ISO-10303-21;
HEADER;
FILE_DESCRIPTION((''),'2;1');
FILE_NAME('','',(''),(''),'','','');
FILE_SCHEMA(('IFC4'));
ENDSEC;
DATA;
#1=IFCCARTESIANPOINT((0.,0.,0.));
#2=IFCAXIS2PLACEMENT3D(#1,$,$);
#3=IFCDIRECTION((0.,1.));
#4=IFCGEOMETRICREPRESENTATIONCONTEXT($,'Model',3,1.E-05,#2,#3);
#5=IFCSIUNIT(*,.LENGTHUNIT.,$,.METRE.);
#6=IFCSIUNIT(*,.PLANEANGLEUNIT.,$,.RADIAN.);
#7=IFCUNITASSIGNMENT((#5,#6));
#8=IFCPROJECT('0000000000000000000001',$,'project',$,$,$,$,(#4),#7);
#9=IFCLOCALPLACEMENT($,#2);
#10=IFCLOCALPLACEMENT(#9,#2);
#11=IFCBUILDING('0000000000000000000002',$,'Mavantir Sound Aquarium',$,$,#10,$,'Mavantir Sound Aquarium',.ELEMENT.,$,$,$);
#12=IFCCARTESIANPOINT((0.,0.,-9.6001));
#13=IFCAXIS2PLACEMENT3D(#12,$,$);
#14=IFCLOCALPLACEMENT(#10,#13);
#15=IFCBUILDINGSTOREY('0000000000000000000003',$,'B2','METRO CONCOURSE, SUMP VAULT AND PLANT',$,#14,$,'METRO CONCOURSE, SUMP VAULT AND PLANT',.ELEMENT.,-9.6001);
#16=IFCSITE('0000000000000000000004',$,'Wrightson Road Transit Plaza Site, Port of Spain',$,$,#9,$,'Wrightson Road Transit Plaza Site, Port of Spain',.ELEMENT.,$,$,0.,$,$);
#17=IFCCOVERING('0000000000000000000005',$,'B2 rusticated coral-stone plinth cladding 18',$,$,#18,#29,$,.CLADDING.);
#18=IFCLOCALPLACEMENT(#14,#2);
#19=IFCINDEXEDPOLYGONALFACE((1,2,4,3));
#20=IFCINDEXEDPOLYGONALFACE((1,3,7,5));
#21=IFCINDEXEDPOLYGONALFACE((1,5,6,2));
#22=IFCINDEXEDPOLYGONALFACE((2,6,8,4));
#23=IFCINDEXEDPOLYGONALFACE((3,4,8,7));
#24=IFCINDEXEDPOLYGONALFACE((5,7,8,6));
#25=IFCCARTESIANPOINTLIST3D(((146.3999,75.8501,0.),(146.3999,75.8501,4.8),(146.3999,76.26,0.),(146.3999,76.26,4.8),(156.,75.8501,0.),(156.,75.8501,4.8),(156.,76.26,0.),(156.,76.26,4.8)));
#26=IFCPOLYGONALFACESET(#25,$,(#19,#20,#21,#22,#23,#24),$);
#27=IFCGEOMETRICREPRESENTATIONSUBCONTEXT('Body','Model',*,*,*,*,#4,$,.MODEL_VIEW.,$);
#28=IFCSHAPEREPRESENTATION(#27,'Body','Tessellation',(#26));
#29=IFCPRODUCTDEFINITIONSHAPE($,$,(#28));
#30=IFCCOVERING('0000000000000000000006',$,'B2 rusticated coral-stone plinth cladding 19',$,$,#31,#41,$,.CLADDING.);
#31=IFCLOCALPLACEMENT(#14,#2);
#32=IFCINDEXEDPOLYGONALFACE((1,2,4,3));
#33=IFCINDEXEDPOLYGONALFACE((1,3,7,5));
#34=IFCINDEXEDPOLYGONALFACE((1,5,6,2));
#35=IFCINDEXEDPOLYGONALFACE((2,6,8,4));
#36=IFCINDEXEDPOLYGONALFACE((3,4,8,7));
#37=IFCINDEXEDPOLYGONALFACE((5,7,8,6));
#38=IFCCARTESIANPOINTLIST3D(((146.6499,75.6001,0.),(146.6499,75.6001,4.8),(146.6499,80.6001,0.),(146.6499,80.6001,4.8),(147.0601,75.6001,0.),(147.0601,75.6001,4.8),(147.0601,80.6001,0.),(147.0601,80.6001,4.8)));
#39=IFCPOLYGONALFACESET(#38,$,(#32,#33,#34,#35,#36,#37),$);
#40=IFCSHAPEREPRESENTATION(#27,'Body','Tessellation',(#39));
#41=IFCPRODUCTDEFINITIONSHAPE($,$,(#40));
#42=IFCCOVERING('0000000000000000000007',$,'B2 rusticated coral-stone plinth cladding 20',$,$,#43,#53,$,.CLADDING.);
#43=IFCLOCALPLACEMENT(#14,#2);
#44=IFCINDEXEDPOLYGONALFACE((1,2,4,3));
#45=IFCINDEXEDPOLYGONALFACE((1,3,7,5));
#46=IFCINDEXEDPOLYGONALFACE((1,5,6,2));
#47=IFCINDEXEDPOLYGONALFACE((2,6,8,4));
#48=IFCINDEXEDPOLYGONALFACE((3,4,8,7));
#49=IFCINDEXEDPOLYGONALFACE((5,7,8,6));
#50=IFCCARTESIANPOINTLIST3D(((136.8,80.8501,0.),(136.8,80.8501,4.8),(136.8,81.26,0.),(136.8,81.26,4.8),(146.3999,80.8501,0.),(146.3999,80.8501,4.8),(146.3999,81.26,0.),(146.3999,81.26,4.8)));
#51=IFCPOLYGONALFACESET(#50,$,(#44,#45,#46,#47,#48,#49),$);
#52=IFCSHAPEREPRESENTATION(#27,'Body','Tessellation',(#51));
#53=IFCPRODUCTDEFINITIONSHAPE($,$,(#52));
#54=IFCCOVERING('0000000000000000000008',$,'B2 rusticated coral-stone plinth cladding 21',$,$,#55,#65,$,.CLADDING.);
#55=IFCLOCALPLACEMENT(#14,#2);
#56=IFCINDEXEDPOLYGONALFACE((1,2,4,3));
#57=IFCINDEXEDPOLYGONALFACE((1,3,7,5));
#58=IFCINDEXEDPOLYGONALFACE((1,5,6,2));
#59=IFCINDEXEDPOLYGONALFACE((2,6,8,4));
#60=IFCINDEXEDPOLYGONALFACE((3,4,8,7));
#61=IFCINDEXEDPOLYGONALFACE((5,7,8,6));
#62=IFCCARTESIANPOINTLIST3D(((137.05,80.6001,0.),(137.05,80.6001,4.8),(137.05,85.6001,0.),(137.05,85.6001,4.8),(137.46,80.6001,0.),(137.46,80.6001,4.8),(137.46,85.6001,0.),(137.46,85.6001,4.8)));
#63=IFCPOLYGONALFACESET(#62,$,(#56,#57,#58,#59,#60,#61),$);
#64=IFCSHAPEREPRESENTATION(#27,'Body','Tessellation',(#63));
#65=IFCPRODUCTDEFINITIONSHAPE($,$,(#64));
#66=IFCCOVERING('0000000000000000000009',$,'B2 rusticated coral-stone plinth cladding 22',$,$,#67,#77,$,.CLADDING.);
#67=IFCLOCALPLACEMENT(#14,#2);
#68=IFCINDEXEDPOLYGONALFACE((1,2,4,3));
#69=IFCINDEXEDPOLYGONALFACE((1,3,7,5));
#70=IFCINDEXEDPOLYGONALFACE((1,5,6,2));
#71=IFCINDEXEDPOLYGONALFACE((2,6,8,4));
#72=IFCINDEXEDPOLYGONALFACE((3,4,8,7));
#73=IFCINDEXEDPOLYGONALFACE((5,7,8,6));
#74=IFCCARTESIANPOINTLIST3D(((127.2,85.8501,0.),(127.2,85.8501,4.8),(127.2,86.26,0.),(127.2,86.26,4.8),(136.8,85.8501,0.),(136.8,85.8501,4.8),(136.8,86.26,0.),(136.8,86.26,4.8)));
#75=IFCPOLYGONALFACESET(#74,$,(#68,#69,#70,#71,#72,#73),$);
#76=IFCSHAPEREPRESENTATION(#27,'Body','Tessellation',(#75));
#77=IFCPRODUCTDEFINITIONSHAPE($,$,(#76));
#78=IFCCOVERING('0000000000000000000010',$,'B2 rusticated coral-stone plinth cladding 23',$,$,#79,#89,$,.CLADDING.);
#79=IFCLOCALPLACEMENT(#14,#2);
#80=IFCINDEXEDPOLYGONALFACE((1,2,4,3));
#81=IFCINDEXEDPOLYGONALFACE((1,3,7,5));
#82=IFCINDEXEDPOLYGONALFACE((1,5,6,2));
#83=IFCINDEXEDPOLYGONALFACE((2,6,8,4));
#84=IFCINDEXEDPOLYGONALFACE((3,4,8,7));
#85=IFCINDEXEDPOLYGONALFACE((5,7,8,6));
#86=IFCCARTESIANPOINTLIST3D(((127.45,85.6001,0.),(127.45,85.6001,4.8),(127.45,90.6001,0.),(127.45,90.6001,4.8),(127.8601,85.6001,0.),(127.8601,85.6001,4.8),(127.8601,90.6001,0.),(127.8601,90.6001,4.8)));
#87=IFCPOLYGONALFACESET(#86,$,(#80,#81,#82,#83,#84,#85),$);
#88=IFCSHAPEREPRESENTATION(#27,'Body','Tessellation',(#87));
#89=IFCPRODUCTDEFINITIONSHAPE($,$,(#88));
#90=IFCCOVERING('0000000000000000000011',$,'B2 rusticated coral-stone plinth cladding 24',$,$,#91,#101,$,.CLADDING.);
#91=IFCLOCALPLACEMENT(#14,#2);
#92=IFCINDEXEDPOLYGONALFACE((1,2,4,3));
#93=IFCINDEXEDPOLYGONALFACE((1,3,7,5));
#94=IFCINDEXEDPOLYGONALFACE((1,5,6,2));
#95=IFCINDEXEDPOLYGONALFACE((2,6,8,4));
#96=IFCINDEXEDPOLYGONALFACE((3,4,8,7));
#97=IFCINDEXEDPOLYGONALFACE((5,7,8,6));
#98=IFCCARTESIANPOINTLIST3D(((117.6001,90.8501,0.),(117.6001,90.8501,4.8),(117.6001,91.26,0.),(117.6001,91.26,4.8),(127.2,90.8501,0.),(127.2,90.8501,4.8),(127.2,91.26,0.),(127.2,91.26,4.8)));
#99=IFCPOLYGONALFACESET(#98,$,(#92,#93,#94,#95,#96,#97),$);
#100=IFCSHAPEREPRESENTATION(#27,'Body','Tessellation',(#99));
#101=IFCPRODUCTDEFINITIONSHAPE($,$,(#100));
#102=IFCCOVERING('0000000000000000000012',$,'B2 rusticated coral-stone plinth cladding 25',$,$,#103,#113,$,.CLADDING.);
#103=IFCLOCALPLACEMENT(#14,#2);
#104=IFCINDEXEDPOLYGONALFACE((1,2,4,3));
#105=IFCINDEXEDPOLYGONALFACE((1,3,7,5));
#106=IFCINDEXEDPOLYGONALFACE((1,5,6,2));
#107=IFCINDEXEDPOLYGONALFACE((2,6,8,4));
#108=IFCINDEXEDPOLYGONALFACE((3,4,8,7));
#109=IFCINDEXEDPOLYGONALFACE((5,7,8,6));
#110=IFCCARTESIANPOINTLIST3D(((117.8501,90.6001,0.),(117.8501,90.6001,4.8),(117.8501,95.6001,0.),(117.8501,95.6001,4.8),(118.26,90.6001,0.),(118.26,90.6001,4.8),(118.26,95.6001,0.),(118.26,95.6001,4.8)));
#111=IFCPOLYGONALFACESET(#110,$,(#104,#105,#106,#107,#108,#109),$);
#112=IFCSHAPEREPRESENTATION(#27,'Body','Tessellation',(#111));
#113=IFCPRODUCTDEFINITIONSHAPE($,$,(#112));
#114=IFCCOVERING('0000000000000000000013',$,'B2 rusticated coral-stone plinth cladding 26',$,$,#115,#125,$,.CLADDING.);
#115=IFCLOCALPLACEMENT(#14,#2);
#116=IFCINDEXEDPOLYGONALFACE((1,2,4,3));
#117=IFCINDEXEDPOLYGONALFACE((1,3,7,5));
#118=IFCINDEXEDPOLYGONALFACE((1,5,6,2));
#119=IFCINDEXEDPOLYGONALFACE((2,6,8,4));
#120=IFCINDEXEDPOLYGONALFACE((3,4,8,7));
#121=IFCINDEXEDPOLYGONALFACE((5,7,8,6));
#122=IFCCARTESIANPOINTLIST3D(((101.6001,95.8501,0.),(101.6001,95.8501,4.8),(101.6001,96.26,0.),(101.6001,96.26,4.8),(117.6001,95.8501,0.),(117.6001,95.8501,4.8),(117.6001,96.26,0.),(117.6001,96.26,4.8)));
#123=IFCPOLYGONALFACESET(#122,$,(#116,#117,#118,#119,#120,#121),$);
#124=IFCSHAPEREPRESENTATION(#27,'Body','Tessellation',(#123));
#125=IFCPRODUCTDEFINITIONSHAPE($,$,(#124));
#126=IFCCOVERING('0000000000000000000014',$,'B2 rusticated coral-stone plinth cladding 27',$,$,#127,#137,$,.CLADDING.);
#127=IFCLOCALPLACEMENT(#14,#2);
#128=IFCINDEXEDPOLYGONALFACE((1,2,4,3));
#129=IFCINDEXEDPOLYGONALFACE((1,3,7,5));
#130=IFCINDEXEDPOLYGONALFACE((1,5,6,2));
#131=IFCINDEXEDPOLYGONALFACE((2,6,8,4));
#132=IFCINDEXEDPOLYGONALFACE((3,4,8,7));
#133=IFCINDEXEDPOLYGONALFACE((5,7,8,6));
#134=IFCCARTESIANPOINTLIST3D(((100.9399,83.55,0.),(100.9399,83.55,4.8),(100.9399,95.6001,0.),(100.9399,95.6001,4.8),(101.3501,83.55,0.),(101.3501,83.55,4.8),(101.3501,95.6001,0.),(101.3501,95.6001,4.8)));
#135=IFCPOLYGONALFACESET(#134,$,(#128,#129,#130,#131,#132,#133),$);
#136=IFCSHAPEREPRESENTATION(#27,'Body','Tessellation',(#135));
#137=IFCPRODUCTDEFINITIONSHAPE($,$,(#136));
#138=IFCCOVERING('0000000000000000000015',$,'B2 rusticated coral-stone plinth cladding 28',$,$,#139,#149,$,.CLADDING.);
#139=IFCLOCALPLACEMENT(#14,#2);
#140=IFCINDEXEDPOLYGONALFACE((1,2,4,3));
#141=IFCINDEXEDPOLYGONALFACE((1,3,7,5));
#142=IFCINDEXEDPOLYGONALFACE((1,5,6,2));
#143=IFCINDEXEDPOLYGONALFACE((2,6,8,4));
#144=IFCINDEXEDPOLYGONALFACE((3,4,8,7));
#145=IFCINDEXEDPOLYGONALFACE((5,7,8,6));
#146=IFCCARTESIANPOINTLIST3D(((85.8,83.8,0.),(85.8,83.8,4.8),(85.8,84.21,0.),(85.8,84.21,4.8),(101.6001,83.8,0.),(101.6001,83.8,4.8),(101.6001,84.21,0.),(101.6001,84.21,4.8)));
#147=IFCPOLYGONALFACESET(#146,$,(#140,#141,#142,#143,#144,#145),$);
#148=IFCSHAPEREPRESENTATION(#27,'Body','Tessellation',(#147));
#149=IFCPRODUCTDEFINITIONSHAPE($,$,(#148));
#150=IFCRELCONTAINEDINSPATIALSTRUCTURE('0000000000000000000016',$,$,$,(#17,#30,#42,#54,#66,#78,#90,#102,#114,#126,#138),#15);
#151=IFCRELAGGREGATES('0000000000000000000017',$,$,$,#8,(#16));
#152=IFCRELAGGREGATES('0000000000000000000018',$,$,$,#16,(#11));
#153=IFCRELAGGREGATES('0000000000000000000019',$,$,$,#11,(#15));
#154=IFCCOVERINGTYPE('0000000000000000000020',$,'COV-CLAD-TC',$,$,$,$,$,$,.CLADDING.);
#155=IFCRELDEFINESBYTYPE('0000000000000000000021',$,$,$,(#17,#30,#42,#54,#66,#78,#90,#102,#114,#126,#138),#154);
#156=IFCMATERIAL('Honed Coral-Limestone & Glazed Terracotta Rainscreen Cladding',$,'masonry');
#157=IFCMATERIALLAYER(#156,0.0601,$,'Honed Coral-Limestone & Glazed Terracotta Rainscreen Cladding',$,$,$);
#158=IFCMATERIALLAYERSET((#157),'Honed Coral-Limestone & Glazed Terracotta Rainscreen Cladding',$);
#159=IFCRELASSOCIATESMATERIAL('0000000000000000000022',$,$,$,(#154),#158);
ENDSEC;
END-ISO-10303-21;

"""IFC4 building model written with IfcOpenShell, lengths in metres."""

from ifc_helpers import new_model, si_unit, direction, frame, origin, place, context, subcontext, project, spatial, polyline, outline, extrude, material, layer, layer_set, type_object, element, save


model = new_model("IFC4")

# Units and contexts
model_context = context("Model", 3, precision=1e-05, world=origin(), true_north=direction((0.0, 1.0)))
body_context = subcontext(model_context, "Body", "Model", "MODEL_VIEW")
ifc_project = project(units=[si_unit("LENGTHUNIT", "METRE"), si_unit("PLANEANGLEUNIT", "RADIAN")], contexts=[model_context])

# Site, building, storey
site_placement = place(None, origin())
site = spatial("IfcSite", under=ifc_project, at=site_placement, Name="Wrightson Road Transit Plaza Site, Port of Spain", LongName="Wrightson Road Transit Plaza Site, Port of Spain", CompositionType="ELEMENT", RefElevation=0.0)
building_placement = place(site_placement, origin())
building = spatial("IfcBuilding", under=site, at=building_placement, Name="Mavantir Sound Aquarium", LongName="Mavantir Sound Aquarium", CompositionType="ELEMENT")
storey_placement = place(building_placement, frame((0.0, 0.0, -9.6001)))
storey = spatial("IfcBuildingStorey", under=building, at=storey_placement, Name="B2", Description="METRO CONCOURSE, SUMP VAULT AND PLANT", LongName="METRO CONCOURSE, SUMP VAULT AND PLANT", CompositionType="ELEMENT", Elevation=-9.6001)

# Coverings
ifc_material_1 = material(Name="Honed Coral-Limestone & Glazed Terracotta Rainscreen Cladding", Category="masonry")
ifc_layer_1 = layer(ifc_material_1, 0.0601, Name="Honed Coral-Limestone & Glazed Terracotta Rainscreen Cladding")
ifc_layer_set_1 = layer_set([ifc_layer_1], Name="Honed Coral-Limestone & Glazed Terracotta Rainscreen Cladding")
covering_type = type_object("IfcCoveringType", Name="COV-CLAD-TC", PredefinedType="CLADDING", material=ifc_layer_set_1)
covering_1_placement = place(storey_placement, origin())
element("IfcCovering", 1, at=covering_1_placement, inside=storey, type_object=covering_type, Name="B2 rusticated coral-stone plinth cladding 18", PredefinedType="CLADDING", context=body_context, shape_type="SweptSolid", body=[
    extrude(outline(polyline([(156.0, 75.8501), (146.3999, 75.8501), (146.3999, 76.26), (156.0, 76.26), (156.0, 75.8501)])), origin(), (0.0, 0.0, 1.0), 4.8),
])
covering_2_placement = place(storey_placement, origin())
element("IfcCovering", 2, at=covering_2_placement, inside=storey, type_object=covering_type, Name="B2 rusticated coral-stone plinth cladding 19", PredefinedType="CLADDING", context=body_context, shape_type="SweptSolid", body=[
    extrude(outline(polyline([(146.6499, 75.6001), (146.6499, 80.6001), (147.0601, 80.6001), (147.0601, 75.6001), (146.6499, 75.6001)])), origin(), (0.0, 0.0, 1.0), 4.8),
])
covering_3_placement = place(storey_placement, origin())
element("IfcCovering", 3, at=covering_3_placement, inside=storey, type_object=covering_type, Name="B2 rusticated coral-stone plinth cladding 20", PredefinedType="CLADDING", context=body_context, shape_type="SweptSolid", body=[
    extrude(outline(polyline([(146.3999, 80.8501), (136.8, 80.8501), (136.8, 81.26), (146.3999, 81.26), (146.3999, 80.8501)])), origin(), (0.0, 0.0, 1.0), 4.8),
])
covering_4_placement = place(storey_placement, origin())
element("IfcCovering", 4, at=covering_4_placement, inside=storey, type_object=covering_type, Name="B2 rusticated coral-stone plinth cladding 21", PredefinedType="CLADDING", context=body_context, shape_type="SweptSolid", body=[
    extrude(outline(polyline([(137.05, 80.6001), (137.05, 85.6001), (137.46, 85.6001), (137.46, 80.6001), (137.05, 80.6001)])), origin(), (0.0, 0.0, 1.0), 4.8),
])
covering_5_placement = place(storey_placement, origin())
element("IfcCovering", 5, at=covering_5_placement, inside=storey, type_object=covering_type, Name="B2 rusticated coral-stone plinth cladding 22", PredefinedType="CLADDING", context=body_context, shape_type="SweptSolid", body=[
    extrude(outline(polyline([(136.8, 85.8501), (127.2, 85.8501), (127.2, 86.26), (136.8, 86.26), (136.8, 85.8501)])), origin(), (0.0, 0.0, 1.0), 4.8),
])
covering_6_placement = place(storey_placement, origin())
element("IfcCovering", 6, at=covering_6_placement, inside=storey, type_object=covering_type, Name="B2 rusticated coral-stone plinth cladding 23", PredefinedType="CLADDING", context=body_context, shape_type="SweptSolid", body=[
    extrude(outline(polyline([(127.45, 85.6001), (127.45, 90.6001), (127.8601, 90.6001), (127.8601, 85.6001), (127.45, 85.6001)])), origin(), (0.0, 0.0, 1.0), 4.8),
])
covering_7_placement = place(storey_placement, origin())
element("IfcCovering", 7, at=covering_7_placement, inside=storey, type_object=covering_type, Name="B2 rusticated coral-stone plinth cladding 24", PredefinedType="CLADDING", context=body_context, shape_type="SweptSolid", body=[
    extrude(outline(polyline([(127.2, 90.8501), (117.6001, 90.8501), (117.6001, 91.26), (127.2, 91.26), (127.2, 90.8501)])), origin(), (0.0, 0.0, 1.0), 4.8),
])
covering_8_placement = place(storey_placement, origin())
element("IfcCovering", 8, at=covering_8_placement, inside=storey, type_object=covering_type, Name="B2 rusticated coral-stone plinth cladding 25", PredefinedType="CLADDING", context=body_context, shape_type="SweptSolid", body=[
    extrude(outline(polyline([(117.8501, 90.6001), (117.8501, 95.6001), (118.26, 95.6001), (118.26, 90.6001), (117.8501, 90.6001)])), origin(), (0.0, 0.0, 1.0), 4.8),
])
covering_9_placement = place(storey_placement, origin())
element("IfcCovering", 9, at=covering_9_placement, inside=storey, type_object=covering_type, Name="B2 rusticated coral-stone plinth cladding 26", PredefinedType="CLADDING", context=body_context, shape_type="SweptSolid", body=[
    extrude(outline(polyline([(117.6001, 95.8501), (101.6001, 95.8501), (101.6001, 96.26), (117.6001, 96.26), (117.6001, 95.8501)])), origin(), (0.0, 0.0, 1.0), 4.8),
])
covering_10_placement = place(storey_placement, origin())
element("IfcCovering", 10, at=covering_10_placement, inside=storey, type_object=covering_type, Name="B2 rusticated coral-stone plinth cladding 27", PredefinedType="CLADDING", context=body_context, shape_type="SweptSolid", body=[
    extrude(outline(polyline([(101.3501, 95.6001), (101.3501, 83.55), (100.9399, 83.55), (100.9399, 95.6001), (101.3501, 95.6001)])), origin(), (0.0, 0.0, 1.0), 4.8),
])
covering_11_placement = place(storey_placement, origin())
element("IfcCovering", 11, at=covering_11_placement, inside=storey, type_object=covering_type, Name="B2 rusticated coral-stone plinth cladding 28", PredefinedType="CLADDING", context=body_context, shape_type="SweptSolid", body=[
    extrude(outline(polyline([(101.6001, 83.8), (85.8, 83.8), (85.8, 84.21), (101.6001, 84.21), (101.6001, 83.8)])), origin(), (0.0, 0.0, 1.0), 4.8),
])

save(model, "model.ifc")
